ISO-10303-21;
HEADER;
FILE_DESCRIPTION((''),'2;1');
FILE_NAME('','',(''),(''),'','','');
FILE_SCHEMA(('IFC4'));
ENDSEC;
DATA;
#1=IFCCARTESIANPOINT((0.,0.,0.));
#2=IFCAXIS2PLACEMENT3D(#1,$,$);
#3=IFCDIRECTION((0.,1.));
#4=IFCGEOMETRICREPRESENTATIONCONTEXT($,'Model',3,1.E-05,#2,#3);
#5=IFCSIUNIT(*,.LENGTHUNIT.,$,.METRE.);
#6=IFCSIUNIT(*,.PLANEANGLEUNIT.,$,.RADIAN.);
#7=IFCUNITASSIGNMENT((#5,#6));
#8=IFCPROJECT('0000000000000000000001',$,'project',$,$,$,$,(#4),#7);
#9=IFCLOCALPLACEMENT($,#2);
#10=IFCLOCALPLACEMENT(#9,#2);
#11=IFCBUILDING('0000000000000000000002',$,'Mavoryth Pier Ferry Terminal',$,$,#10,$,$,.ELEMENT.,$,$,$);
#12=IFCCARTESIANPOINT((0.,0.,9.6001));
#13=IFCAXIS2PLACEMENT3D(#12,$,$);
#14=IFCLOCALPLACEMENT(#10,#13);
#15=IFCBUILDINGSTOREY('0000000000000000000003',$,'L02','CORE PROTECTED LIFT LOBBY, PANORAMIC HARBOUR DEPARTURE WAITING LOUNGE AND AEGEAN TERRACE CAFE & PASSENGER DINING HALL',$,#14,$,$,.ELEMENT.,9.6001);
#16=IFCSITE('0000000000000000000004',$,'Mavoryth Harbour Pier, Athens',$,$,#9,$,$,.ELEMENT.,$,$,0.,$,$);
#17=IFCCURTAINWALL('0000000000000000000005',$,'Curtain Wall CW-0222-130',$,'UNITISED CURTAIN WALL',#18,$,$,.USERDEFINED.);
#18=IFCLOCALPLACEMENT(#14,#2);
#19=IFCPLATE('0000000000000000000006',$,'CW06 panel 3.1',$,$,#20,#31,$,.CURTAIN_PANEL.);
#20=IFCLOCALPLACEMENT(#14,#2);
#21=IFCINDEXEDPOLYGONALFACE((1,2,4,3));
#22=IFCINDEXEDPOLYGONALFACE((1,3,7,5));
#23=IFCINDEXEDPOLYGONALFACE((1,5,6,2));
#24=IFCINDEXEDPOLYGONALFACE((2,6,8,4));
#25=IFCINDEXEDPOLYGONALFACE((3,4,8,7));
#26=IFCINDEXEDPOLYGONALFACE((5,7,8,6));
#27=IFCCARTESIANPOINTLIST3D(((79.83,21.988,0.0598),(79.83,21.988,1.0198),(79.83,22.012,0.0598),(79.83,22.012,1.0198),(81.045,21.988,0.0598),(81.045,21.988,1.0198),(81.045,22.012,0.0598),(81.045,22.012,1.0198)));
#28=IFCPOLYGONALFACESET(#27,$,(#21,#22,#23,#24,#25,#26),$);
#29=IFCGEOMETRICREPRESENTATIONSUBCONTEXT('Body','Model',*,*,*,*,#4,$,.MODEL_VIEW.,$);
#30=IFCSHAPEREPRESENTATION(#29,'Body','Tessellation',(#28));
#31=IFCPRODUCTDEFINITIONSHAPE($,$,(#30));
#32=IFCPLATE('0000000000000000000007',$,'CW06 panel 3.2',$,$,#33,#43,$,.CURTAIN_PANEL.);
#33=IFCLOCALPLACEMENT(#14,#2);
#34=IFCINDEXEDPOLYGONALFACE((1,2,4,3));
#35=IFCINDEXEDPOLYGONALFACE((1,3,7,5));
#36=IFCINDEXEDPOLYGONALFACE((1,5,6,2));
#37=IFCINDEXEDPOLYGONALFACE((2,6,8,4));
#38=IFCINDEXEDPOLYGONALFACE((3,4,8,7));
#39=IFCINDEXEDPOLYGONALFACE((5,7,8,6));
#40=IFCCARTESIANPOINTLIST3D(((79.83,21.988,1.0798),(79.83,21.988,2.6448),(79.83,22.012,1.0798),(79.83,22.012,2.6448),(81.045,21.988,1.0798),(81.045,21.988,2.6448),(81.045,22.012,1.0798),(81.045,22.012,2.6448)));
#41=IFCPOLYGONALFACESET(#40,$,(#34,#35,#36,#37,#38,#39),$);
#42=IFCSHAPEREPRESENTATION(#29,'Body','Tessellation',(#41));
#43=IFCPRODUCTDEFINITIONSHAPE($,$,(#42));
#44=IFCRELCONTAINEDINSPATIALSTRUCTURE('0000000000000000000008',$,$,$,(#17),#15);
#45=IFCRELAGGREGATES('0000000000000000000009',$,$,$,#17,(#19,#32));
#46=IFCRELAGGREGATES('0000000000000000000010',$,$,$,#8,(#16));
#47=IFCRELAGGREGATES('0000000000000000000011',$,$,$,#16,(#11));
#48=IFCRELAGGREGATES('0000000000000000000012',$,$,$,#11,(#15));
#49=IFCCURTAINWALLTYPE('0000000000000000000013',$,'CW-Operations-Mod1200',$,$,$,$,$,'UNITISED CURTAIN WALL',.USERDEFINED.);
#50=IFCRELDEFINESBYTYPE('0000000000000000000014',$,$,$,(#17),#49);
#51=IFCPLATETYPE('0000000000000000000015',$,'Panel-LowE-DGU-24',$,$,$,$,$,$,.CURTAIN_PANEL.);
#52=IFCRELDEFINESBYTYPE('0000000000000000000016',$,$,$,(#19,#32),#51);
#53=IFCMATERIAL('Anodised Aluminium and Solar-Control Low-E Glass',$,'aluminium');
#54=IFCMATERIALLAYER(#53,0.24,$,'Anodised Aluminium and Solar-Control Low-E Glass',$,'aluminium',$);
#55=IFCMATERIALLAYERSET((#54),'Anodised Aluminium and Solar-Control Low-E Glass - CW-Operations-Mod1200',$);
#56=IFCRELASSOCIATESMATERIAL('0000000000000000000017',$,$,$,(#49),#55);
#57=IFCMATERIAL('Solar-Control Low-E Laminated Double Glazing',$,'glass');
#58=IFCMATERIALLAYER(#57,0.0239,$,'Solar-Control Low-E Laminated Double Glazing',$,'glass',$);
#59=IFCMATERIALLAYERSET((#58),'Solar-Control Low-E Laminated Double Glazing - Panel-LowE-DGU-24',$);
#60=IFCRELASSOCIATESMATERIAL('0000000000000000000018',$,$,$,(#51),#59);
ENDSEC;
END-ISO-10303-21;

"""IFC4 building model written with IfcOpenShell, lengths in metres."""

from ifc_helpers import new_model, si_unit, direction, frame, origin, origin_2d, place, context, subcontext, project, spatial, rectangle, extrude, material, layer, layer_set, type_object, element, aggregate, save


model = new_model("IFC4")

# Units and contexts
model_context = context("Model", 3, precision=1e-05, world=origin(), true_north=direction((0.0, 1.0)))
body_context = subcontext(model_context, "Body", "Model", "MODEL_VIEW")
ifc_project = project(units=[si_unit("LENGTHUNIT", "METRE"), si_unit("PLANEANGLEUNIT", "RADIAN")], contexts=[model_context])

# Site, building, storey
site_placement = place(None, origin())
site = spatial("IfcSite", under=ifc_project, at=site_placement, Name="Mavoryth Harbour Pier, Athens", CompositionType="ELEMENT", RefElevation=0.0)
building_placement = place(site_placement, origin())
building = spatial("IfcBuilding", under=site, at=building_placement, Name="Mavoryth Pier Ferry Terminal", CompositionType="ELEMENT")
storey_placement = place(building_placement, frame((0.0, 0.0, 9.6001)))
storey = spatial("IfcBuildingStorey", under=building, at=storey_placement, Name="L02", Description="CORE PROTECTED LIFT LOBBY, PANORAMIC HARBOUR DEPARTURE WAITING LOUNGE AND AEGEAN TERRACE CAFE & PASSENGER DINING HALL", CompositionType="ELEMENT", Elevation=9.6001)

# Curtain wall, plates
ifc_material_1 = material(Name="Anodised Aluminium and Solar-Control Low-E Glass", Category="aluminium")
ifc_layer_1 = layer(ifc_material_1, 0.24, Name="Anodised Aluminium and Solar-Control Low-E Glass", Category="aluminium")
ifc_layer_set_1 = layer_set([ifc_layer_1], Name="Anodised Aluminium and Solar-Control Low-E Glass - CW-Operations-Mod1200")
curtain_wall_type = type_object("IfcCurtainWallType", Name="CW-Operations-Mod1200", ElementType="UNITISED CURTAIN WALL", PredefinedType="USERDEFINED", material=ifc_layer_set_1)
curtain_wall_placement = place(storey_placement, origin())
curtain_wall = element("IfcCurtainWall", 1, at=curtain_wall_placement, inside=storey, type_object=curtain_wall_type, Name="Curtain Wall CW-0222-130", ObjectType="UNITISED CURTAIN WALL", PredefinedType="USERDEFINED")
ifc_material_2 = material(Name="Solar-Control Low-E Laminated Double Glazing", Category="glass")
ifc_layer_2 = layer(ifc_material_2, 0.0239, Name="Solar-Control Low-E Laminated Double Glazing", Category="glass")
ifc_layer_set_2 = layer_set([ifc_layer_2], Name="Solar-Control Low-E Laminated Double Glazing - Panel-LowE-DGU-24")
plate_type = type_object("IfcPlateType", Name="Panel-LowE-DGU-24", PredefinedType="CURTAIN_PANEL", material=ifc_layer_set_2)
plate_1_placement = place(storey_placement, frame((80.4375, 22.0, 0.0598), z_axis=(0.0, 0.0, 1.0), x_axis=(-1.0, 0.0, 0.0)))
plate_1 = element("IfcPlate", 2, at=plate_1_placement, type_object=plate_type, Name="CW06 panel 3.1", PredefinedType="CURTAIN_PANEL", context=body_context, shape_type="SweptSolid", body=[
    extrude(rectangle(XDim=1.2151, YDim=0.0239, at=origin_2d()), origin(), (0.0, 0.0, 1.0), 0.96),
])
plate_2_placement = place(storey_placement, frame((80.4375, 22.0, 1.0798), z_axis=(0.0, 0.0, 1.0), x_axis=(-1.0, 0.0, 0.0)))
plate_2 = element("IfcPlate", 3, at=plate_2_placement, type_object=plate_type, Name="CW06 panel 3.2", PredefinedType="CURTAIN_PANEL", context=body_context, shape_type="SweptSolid", body=[
    extrude(rectangle(XDim=1.2151, YDim=0.0239, at=origin_2d()), origin(), (0.0, 0.0, 1.0), 1.5649),
])
aggregate(curtain_wall, [plate_1, plate_2])

save(model, "model.ifc")
